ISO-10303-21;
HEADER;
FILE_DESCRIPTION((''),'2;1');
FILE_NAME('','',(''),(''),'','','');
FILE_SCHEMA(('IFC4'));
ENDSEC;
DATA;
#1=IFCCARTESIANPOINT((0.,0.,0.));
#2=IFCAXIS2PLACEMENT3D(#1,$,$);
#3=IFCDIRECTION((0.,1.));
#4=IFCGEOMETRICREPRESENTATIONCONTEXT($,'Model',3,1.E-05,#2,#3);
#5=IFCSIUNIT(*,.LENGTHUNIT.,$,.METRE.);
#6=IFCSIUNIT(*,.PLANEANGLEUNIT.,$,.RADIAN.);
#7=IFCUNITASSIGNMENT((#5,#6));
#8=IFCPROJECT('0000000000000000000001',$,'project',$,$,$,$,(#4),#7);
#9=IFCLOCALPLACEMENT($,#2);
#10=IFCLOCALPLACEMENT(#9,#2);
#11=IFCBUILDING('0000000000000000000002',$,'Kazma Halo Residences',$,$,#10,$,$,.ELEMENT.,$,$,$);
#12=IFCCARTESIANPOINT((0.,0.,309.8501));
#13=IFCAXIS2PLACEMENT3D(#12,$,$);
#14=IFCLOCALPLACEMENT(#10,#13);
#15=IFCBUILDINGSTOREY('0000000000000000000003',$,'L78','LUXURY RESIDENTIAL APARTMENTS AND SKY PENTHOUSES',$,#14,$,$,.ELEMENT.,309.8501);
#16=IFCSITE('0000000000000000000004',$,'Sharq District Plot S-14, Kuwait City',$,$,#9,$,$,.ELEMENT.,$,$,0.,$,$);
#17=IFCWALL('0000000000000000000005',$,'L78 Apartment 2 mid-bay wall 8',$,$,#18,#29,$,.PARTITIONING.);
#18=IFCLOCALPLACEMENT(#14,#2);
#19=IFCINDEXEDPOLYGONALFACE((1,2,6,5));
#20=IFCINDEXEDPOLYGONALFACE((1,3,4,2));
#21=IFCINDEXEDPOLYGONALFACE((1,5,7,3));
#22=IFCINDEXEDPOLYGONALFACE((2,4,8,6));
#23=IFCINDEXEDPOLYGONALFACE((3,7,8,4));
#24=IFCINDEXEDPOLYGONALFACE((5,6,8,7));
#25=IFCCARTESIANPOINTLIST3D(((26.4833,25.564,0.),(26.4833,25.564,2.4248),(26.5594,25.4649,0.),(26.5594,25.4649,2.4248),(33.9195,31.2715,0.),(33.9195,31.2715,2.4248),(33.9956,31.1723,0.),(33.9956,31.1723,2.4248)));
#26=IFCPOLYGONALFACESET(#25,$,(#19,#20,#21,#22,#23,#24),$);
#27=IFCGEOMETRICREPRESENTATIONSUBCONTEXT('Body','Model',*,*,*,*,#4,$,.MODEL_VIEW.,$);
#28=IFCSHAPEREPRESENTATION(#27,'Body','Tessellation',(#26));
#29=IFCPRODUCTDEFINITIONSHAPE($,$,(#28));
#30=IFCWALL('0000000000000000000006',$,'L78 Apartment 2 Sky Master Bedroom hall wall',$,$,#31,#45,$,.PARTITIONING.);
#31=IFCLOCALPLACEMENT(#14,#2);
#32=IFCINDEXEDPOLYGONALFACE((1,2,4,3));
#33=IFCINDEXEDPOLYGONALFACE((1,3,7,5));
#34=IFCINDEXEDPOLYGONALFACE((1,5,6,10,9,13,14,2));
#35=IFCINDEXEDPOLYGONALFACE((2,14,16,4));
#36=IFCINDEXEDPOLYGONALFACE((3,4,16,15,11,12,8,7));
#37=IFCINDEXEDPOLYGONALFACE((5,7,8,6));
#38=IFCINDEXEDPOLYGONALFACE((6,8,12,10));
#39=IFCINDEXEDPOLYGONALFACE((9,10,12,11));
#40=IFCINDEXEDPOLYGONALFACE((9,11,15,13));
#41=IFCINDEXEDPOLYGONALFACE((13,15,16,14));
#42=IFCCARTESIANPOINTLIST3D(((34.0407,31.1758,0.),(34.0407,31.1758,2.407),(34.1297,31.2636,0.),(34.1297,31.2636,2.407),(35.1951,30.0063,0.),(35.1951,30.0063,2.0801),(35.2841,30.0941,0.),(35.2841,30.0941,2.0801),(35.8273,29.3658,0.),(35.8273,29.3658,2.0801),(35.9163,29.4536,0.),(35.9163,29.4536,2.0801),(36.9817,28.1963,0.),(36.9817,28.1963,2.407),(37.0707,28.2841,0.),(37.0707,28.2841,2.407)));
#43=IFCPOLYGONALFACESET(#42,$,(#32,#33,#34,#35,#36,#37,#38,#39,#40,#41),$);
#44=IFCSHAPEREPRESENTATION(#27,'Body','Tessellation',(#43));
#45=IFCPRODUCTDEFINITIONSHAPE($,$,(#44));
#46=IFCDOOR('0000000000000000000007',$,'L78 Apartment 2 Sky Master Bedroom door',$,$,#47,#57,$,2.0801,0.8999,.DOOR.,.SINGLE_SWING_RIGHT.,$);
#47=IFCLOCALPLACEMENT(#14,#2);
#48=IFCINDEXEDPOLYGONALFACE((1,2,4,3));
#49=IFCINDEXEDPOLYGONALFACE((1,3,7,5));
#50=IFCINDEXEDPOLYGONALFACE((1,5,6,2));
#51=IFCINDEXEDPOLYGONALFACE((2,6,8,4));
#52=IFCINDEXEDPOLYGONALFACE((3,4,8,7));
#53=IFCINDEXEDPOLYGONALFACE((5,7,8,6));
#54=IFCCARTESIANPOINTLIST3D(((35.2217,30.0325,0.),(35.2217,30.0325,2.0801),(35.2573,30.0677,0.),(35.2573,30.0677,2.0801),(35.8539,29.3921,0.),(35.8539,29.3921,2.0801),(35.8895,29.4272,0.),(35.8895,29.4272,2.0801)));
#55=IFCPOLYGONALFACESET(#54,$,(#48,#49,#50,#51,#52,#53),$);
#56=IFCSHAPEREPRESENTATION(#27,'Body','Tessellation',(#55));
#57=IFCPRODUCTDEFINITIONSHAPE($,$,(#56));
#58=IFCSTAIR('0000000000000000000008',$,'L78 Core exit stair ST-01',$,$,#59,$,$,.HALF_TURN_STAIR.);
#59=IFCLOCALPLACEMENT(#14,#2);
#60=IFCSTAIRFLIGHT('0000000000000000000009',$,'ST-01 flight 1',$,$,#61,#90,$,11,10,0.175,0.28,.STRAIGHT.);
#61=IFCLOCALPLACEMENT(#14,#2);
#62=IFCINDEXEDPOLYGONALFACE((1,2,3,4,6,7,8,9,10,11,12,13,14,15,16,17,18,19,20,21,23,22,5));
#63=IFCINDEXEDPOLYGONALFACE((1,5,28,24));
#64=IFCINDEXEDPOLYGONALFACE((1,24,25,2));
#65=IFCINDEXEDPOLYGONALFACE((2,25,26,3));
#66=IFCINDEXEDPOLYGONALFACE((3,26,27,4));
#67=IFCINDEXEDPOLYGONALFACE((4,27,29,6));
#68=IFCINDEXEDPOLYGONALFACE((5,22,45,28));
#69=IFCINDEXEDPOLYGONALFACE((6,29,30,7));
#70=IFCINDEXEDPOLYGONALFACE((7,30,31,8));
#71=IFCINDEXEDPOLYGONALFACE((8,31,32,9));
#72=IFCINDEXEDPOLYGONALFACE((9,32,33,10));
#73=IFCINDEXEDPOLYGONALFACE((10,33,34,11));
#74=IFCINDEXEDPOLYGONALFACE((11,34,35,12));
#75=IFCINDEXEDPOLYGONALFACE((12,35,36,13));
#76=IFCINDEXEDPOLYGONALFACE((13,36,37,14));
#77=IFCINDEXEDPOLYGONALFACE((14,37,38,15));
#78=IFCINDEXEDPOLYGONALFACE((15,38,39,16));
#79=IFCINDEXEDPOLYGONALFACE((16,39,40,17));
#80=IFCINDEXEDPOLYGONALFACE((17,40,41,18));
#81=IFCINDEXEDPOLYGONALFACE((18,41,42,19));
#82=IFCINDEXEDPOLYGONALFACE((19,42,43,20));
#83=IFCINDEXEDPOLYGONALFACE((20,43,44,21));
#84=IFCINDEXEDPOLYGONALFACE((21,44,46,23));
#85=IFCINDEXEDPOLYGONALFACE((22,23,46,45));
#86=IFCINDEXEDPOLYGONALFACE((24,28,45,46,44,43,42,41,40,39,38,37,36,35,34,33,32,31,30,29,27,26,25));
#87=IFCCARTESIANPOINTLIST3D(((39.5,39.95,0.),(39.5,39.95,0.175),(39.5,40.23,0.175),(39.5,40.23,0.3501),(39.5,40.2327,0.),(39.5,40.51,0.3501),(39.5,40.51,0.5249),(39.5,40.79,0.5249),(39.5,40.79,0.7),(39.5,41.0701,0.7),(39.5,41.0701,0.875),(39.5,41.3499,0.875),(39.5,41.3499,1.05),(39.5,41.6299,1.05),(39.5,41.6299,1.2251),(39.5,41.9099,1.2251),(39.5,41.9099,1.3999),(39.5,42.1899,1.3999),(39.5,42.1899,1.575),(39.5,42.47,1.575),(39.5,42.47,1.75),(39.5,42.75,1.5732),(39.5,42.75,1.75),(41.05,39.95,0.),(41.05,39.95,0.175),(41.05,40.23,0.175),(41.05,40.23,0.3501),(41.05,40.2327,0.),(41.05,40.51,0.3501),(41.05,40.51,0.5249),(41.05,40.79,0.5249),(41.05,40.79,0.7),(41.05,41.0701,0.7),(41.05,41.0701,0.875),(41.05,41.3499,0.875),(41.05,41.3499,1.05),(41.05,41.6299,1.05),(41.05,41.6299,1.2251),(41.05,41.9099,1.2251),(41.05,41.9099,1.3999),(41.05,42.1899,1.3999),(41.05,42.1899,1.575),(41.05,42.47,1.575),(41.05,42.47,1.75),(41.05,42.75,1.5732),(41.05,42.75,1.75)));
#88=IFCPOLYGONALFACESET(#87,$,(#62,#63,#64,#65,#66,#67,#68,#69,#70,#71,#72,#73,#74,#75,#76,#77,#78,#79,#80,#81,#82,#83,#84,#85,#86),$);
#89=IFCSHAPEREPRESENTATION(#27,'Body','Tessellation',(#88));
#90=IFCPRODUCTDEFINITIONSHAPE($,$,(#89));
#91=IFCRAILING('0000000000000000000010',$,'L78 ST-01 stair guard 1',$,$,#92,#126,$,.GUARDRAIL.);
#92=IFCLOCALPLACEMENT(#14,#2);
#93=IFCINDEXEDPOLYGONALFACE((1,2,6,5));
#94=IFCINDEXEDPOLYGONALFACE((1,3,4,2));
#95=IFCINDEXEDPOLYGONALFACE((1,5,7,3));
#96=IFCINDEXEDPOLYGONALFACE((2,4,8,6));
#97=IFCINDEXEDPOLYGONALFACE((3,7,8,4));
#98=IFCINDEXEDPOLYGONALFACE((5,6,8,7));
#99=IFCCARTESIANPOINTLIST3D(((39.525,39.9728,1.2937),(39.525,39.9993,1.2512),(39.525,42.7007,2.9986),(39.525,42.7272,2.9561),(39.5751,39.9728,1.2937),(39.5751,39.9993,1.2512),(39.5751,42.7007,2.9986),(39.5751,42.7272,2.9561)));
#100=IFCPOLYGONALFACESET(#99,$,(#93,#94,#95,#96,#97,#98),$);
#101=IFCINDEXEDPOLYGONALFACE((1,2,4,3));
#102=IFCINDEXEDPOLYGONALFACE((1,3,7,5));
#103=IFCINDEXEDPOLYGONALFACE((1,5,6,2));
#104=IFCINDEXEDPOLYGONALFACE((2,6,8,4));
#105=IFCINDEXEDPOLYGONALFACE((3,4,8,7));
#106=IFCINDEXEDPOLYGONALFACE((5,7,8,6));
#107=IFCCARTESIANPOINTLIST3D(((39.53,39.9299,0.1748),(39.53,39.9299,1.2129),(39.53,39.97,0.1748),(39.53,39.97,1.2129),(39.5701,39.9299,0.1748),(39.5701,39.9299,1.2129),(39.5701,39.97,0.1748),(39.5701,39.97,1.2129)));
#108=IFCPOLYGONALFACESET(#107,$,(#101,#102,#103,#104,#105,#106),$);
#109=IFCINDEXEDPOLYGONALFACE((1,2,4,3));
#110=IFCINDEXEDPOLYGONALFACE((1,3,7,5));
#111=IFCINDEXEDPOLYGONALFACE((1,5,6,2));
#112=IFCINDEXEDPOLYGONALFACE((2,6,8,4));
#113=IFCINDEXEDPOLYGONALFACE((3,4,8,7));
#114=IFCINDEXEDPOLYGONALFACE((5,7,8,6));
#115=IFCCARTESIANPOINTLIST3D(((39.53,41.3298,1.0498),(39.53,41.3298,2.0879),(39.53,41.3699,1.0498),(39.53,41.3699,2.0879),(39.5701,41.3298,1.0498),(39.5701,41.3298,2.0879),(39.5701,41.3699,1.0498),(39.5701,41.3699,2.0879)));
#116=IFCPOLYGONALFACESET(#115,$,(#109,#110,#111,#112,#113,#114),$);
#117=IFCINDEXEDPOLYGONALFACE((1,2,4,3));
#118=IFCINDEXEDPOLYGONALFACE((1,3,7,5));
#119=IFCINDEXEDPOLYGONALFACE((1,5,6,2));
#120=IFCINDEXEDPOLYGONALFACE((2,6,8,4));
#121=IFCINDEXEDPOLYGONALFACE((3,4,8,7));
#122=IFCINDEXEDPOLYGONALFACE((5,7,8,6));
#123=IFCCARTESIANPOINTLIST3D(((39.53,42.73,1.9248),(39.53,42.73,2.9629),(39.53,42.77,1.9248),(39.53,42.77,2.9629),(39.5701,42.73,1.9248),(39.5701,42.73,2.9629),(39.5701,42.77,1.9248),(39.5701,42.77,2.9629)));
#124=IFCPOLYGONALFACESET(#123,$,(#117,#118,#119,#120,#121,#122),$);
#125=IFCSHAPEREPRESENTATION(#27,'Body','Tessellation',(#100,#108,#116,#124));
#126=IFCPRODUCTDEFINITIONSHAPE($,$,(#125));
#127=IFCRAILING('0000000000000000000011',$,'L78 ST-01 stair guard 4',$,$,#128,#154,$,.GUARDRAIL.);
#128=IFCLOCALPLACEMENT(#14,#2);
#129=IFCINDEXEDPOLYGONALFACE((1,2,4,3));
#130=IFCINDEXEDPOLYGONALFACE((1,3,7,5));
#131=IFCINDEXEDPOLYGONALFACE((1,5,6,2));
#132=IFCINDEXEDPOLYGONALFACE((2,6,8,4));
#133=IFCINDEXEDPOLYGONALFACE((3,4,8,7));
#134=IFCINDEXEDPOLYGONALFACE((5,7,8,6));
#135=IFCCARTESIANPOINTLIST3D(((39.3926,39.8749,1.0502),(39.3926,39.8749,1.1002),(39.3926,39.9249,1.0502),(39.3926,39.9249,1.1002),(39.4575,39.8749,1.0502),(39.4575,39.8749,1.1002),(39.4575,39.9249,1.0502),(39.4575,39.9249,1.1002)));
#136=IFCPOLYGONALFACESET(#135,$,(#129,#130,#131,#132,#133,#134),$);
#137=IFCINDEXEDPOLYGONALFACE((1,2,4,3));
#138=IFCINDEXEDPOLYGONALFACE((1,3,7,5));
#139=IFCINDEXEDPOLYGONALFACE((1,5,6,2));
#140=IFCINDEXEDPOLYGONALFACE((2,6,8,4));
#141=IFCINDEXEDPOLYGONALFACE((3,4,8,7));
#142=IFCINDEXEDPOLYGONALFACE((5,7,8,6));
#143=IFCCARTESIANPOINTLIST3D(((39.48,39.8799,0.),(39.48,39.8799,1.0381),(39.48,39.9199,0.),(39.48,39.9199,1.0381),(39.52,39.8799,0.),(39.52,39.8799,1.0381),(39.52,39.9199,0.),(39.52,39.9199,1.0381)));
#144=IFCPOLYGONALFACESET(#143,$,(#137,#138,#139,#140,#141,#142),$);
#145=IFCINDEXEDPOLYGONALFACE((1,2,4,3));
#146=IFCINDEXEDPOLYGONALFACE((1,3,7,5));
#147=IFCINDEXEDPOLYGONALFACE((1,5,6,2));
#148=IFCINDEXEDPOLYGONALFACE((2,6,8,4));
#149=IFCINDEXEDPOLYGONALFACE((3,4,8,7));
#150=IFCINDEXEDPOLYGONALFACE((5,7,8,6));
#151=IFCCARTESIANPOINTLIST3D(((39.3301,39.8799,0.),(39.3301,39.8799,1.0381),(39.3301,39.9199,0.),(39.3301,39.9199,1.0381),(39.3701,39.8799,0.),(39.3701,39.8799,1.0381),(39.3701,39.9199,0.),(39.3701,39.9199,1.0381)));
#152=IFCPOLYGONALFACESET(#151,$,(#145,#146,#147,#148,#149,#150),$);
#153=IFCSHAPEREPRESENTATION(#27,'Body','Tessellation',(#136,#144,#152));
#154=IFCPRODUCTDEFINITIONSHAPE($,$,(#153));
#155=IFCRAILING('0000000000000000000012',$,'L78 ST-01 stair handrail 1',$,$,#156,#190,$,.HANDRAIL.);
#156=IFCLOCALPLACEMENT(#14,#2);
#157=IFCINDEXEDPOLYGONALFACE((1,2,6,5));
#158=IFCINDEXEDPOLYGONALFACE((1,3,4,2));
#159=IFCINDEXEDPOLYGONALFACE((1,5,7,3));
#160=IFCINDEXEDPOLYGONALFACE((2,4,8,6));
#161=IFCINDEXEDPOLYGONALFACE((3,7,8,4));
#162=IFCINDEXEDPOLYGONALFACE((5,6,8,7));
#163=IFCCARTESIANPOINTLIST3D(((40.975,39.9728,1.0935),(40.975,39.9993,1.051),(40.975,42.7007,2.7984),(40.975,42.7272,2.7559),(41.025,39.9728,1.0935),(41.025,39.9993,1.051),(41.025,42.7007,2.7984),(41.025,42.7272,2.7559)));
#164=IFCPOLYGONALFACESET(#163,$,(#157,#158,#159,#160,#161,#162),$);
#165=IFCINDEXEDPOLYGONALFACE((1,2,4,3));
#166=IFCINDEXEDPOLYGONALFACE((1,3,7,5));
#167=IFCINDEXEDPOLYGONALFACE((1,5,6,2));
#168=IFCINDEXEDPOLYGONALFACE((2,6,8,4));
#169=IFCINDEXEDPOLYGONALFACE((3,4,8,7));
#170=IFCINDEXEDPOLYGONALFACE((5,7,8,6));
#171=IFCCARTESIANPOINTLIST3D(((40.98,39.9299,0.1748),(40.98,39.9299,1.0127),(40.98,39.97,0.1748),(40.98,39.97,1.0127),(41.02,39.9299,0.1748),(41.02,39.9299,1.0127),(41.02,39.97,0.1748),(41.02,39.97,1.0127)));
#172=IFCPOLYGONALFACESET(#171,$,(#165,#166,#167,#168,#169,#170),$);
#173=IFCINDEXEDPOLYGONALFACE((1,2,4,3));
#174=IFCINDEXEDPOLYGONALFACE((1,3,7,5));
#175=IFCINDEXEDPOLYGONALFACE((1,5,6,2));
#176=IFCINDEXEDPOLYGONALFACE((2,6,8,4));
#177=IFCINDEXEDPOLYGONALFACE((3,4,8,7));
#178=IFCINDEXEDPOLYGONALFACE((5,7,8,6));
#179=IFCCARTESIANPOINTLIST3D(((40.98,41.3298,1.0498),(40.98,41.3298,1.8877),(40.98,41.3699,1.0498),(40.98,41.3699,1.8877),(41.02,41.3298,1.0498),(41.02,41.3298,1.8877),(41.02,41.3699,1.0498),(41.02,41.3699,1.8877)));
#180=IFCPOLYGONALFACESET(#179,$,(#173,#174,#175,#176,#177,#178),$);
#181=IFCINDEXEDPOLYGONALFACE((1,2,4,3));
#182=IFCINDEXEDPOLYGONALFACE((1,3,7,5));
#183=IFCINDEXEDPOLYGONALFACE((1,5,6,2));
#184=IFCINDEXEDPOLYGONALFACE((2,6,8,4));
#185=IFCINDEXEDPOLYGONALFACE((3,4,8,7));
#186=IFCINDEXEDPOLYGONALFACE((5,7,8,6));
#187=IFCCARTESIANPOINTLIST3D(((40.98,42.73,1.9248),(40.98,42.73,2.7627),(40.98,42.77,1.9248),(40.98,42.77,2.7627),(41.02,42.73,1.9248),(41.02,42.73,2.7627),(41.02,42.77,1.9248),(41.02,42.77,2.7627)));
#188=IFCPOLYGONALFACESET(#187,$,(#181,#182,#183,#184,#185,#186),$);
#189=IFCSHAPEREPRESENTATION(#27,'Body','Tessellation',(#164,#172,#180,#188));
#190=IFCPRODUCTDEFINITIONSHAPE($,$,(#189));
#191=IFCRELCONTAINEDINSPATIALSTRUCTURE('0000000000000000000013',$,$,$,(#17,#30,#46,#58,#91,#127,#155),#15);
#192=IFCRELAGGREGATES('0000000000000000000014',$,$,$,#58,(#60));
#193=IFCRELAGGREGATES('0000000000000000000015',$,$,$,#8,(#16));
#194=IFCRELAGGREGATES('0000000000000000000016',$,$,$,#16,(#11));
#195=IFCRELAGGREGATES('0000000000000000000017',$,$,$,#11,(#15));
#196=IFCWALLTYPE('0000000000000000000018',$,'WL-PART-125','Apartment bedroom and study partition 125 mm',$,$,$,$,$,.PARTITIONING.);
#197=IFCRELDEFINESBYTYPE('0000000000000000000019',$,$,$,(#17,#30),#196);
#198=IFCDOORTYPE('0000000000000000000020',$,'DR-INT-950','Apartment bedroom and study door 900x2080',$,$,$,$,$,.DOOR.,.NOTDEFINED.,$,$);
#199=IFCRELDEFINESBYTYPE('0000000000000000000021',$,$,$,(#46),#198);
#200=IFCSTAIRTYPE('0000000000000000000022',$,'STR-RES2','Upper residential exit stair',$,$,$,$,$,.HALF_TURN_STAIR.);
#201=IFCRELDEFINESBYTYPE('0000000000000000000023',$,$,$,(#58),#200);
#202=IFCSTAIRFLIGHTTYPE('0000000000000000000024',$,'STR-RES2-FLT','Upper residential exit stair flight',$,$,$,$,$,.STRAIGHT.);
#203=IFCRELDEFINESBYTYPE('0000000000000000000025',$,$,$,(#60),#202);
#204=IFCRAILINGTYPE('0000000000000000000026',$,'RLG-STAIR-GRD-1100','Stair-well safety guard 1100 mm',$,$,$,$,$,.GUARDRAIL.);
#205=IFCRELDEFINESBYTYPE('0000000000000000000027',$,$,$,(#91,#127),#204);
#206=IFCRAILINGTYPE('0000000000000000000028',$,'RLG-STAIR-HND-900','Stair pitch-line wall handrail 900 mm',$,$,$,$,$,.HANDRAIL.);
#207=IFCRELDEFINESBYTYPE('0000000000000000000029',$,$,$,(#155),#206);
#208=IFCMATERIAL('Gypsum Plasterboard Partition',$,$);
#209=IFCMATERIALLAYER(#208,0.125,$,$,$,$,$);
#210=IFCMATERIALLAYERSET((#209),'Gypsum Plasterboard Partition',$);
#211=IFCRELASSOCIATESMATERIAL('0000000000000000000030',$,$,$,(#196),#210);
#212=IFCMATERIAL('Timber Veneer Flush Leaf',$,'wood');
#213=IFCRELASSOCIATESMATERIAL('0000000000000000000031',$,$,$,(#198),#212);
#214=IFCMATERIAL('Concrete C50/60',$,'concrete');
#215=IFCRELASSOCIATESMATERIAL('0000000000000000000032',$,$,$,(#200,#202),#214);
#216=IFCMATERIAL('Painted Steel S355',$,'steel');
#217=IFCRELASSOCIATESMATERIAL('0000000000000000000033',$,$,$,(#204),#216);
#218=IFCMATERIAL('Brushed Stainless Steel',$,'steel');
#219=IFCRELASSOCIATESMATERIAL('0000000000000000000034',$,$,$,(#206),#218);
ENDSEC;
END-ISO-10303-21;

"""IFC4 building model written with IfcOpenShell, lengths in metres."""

from ifc_helpers import new_model, si_unit, direction, frame, frame_2d, origin, origin_2d, place, context, subcontext, project, spatial, polyline, rectangle, outline, extrude, material, layer, layer_set, type_object, element, fill, aggregate, save


model = new_model("IFC4")

# Units and contexts
model_context = context("Model", 3, precision=1e-05, world=origin(), true_north=direction((0.0, 1.0)))
body_context = subcontext(model_context, "Body", "Model", "MODEL_VIEW")
ifc_project = project(units=[si_unit("LENGTHUNIT", "METRE"), si_unit("PLANEANGLEUNIT", "RADIAN")], contexts=[model_context])

# Site, building, storey
site_placement = place(None, origin())
site = spatial("IfcSite", under=ifc_project, at=site_placement, Name="Sharq District Plot S-14, Kuwait City", CompositionType="ELEMENT", RefElevation=0.0)
building_placement = place(site_placement, origin())
building = spatial("IfcBuilding", under=site, at=building_placement, Name="Kazma Halo Residences", CompositionType="ELEMENT")
storey_placement = place(building_placement, frame((0.0, 0.0, 309.8501)))
storey = spatial("IfcBuildingStorey", under=building, at=storey_placement, Name="L78", Description="LUXURY RESIDENTIAL APARTMENTS AND SKY PENTHOUSES", CompositionType="ELEMENT", Elevation=309.8501)

# Shared definitions
ifc_material_1 = material(Name="Gypsum Plasterboard Partition")
ifc_layer_1 = layer(ifc_material_1, 0.125)
ifc_layer_set_1 = layer_set([ifc_layer_1], Name="Gypsum Plasterboard Partition")
wall_type_1 = type_object("IfcWallType", Name="WL-PART-125", Description="Apartment bedroom and study partition 125 mm", PredefinedType="PARTITIONING", material=ifc_layer_set_1)

# Wall
wall_1_placement = place(storey_placement, frame((33.9575, 31.2219, 0.0), z_axis=(0.0, 0.0, 1.0), x_axis=(-0.793278, -0.60886, 0.0)))
element("IfcWall", 1, at=wall_1_placement, inside=storey, type_object=wall_type_1, Name="L78 Apartment 2 mid-bay wall 8", PredefinedType="PARTITIONING", context=body_context, shape_type="SweptSolid", body=[
    extrude(rectangle(XDim=9.374, YDim=0.125, at=frame_2d((4.687, 0.0))), origin(), (0.0, 0.0, 1.0), 2.4248),
])

# Wall, opening, door
wall_2_placement = place(storey_placement, frame((34.0852, 31.2197, 0.0), z_axis=(0.0, 0.0, 1.0), x_axis=(0.702485, -0.711699, 0.0)))
wall_2 = element("IfcWall", 2, at=wall_2_placement, inside=storey, type_object=wall_type_1, Name="L78 Apartment 2 Sky Master Bedroom hall wall", PredefinedType="PARTITIONING", context=body_context, shape_type="SweptSolid", body=[
    extrude(rectangle(XDim=4.1865, YDim=0.125, at=frame_2d((2.0933, 0.0))), origin(), (0.0, 0.0, 1.0), 2.407),
])
opening_1_placement = place(wall_2_placement, frame((1.6433, 0.0, 0.0)))
opening_1 = element("IfcOpeningElement", 3, at=opening_1_placement, cuts=wall_2, PredefinedType="OPENING", context=body_context, shape_type="SweptSolid", body=[
    extrude(rectangle(XDim=0.8999, YDim=2.0801, at=frame_2d((0.45, 1.04))), frame((0.0, 0.0725, 0.0), z_axis=(0.0, -1.0, 0.0), x_axis=(1.0, 0.0, 0.0)), (0.0, 0.0, 1.0), 0.145),
])
ifc_material_2 = material(Name="Timber Veneer Flush Leaf", Category="wood")
door_type_1 = type_object("IfcDoorType", Name="DR-INT-950", Description="Apartment bedroom and study door 900x2080", OperationType="NOTDEFINED", PredefinedType="DOOR", material=ifc_material_2)
door_1_placement = place(opening_1_placement, origin())
door_1 = element("IfcDoor", 4, at=door_1_placement, inside=storey, type_object=door_type_1, Name="L78 Apartment 2 Sky Master Bedroom door", OperationType="SINGLE_SWING_RIGHT", OverallHeight=2.0801, OverallWidth=0.8999, PredefinedType="DOOR", context=body_context, shape_type="SweptSolid", body=[
    extrude(rectangle(XDim=0.8999, YDim=2.0801, at=frame_2d((0.45, 1.04))), frame((0.0, 0.0249, 0.0), z_axis=(0.0, -1.0, 0.0), x_axis=(1.0, 0.0, 0.0)), (0.0, 0.0, 1.0), 0.05),
])
fill(opening_1, door_1)
ifc_material_3 = material(Name="Concrete C50/60", Category="concrete")

# Stair, stair flight
stair_type = type_object("IfcStairType", Name="STR-RES2", Description="Upper residential exit stair", PredefinedType="HALF_TURN_STAIR", material=ifc_material_3)
stair_placement = place(storey_placement, origin())
stair = element("IfcStair", 5, at=stair_placement, inside=storey, type_object=stair_type, Name="L78 Core exit stair ST-01", PredefinedType="HALF_TURN_STAIR")
stair_flight_type = type_object("IfcStairFlightType", Name="STR-RES2-FLT", Description="Upper residential exit stair flight", PredefinedType="STRAIGHT", material=ifc_material_3)
stair_flight_placement = place(storey_placement, frame((40.2749, 39.95, 0.0), z_axis=(0.0, 0.0, 1.0), x_axis=(0.0, 1.0, 0.0)))
stair_flight = element("IfcStairFlight", 6, at=stair_flight_placement, type_object=stair_flight_type, Name="ST-01 flight 1", NumberOfRisers=11, NumberOfTreads=10, PredefinedType="STRAIGHT", RiserHeight=0.175, TreadLength=0.28, context=body_context, shape_type="SweptSolid", body=[
    extrude(outline(polyline([(0.0, 0.0), (0.0, 0.175), (0.28, 0.175), (0.28, 0.3501), (0.5601, 0.3501), (0.5601, 0.5249), (0.8401, 0.5249), (0.8401, 0.7), (1.1201, 0.7), (1.1201, 0.875), (1.3999, 0.875), (1.3999, 1.05), (1.6799, 1.05), (1.6799, 1.2251), (1.96, 1.2251), (1.96, 1.3999), (2.24, 1.3999), (2.24, 1.575), (2.52, 1.575), (2.52, 1.75), (2.8, 1.75), (2.8, 1.925), (2.8, 1.5732), (0.2827, 0.0), (0.0, 0.0)])), frame((0.0, 0.7749, 0.0), z_axis=(0.0, -1.0, 0.0), x_axis=(1.0, 0.0, 0.0)), (0.0, 0.0, 1.0), 1.55),
])
aggregate(stair, [stair_flight])

# Railings
ifc_material_4 = material(Name="Painted Steel S355", Category="steel")
railing_type_1 = type_object("IfcRailingType", Name="RLG-STAIR-GRD-1100", Description="Stair-well safety guard 1100 mm", PredefinedType="GUARDRAIL", material=ifc_material_4)
railing_1_placement = place(storey_placement, frame((39.55, 39.95, 0.1748)))
element("IfcRailing", 7, at=railing_1_placement, inside=storey, type_object=railing_type_1, Name="L78 ST-01 stair guard 1", PredefinedType="GUARDRAIL", context=body_context, shape_type="SweptSolid", body=[
    extrude(rectangle(XDim=0.05, YDim=0.05, at=origin_2d()), frame((0.0, 0.0361, 1.0977), z_axis=(0.0, 0.848002, 0.529992), x_axis=(-1.0, 0.0, 0.0)), (0.0, 0.0, 1.0), 3.2168),
    extrude(rectangle(XDim=0.04, YDim=0.04, at=origin_2d()), origin(), (0.0, 0.0, 1.0), 1.0381),
    extrude(rectangle(XDim=0.04, YDim=0.04, at=origin_2d()), frame((0.0, 1.3999, 0.875)), (0.0, 0.0, 1.0), 1.0381),
    extrude(rectangle(XDim=0.04, YDim=0.04, at=origin_2d()), frame((0.0, 2.8, 1.75)), (0.0, 0.0, 1.0), 1.0381),
])
railing_2_placement = place(storey_placement, frame((39.5, 39.8999, 0.0)))
element("IfcRailing", 8, at=railing_2_placement, inside=storey, type_object=railing_type_1, Name="L78 ST-01 stair guard 4", PredefinedType="GUARDRAIL", context=body_context, shape_type="SweptSolid", body=[
    extrude(rectangle(XDim=0.05, YDim=0.05, at=origin_2d()), frame((-0.0425, 0.0, 1.0752), z_axis=(-1.0, 0.0, 0.0), x_axis=(0.0, -1.0, 0.0)), (0.0, 0.0, 1.0), 0.0649),
    extrude(rectangle(XDim=0.04, YDim=0.04, at=origin_2d()), origin(), (0.0, 0.0, 1.0), 1.0381),
    extrude(rectangle(XDim=0.04, YDim=0.04, at=origin_2d()), frame((-0.1499, 0.0, 0.0)), (0.0, 0.0, 1.0), 1.0381),
])
ifc_material_5 = material(Name="Brushed Stainless Steel", Category="steel")
railing_type_2 = type_object("IfcRailingType", Name="RLG-STAIR-HND-900", Description="Stair pitch-line wall handrail 900 mm", PredefinedType="HANDRAIL", material=ifc_material_5)
railing_3_placement = place(storey_placement, frame((41.0, 39.95, 0.1748)))
element("IfcRailing", 9, at=railing_3_placement, inside=storey, type_object=railing_type_2, Name="L78 ST-01 stair handrail 1", PredefinedType="HANDRAIL", context=body_context, shape_type="SweptSolid", body=[
    extrude(rectangle(XDim=0.05, YDim=0.05, at=origin_2d()), frame((0.0, 0.0361, 0.8975), z_axis=(0.0, 0.848002, 0.529992), x_axis=(-1.0, 0.0, 0.0)), (0.0, 0.0, 1.0), 3.2168),
    extrude(rectangle(XDim=0.04, YDim=0.04, at=origin_2d()), origin(), (0.0, 0.0, 1.0), 0.8379),
    extrude(rectangle(XDim=0.04, YDim=0.04, at=origin_2d()), frame((0.0, 1.3999, 0.875)), (0.0, 0.0, 1.0), 0.8379),
    extrude(rectangle(XDim=0.04, YDim=0.04, at=origin_2d()), frame((0.0, 2.8, 1.75)), (0.0, 0.0, 1.0), 0.8379),
])

save(model, "model.ifc")
